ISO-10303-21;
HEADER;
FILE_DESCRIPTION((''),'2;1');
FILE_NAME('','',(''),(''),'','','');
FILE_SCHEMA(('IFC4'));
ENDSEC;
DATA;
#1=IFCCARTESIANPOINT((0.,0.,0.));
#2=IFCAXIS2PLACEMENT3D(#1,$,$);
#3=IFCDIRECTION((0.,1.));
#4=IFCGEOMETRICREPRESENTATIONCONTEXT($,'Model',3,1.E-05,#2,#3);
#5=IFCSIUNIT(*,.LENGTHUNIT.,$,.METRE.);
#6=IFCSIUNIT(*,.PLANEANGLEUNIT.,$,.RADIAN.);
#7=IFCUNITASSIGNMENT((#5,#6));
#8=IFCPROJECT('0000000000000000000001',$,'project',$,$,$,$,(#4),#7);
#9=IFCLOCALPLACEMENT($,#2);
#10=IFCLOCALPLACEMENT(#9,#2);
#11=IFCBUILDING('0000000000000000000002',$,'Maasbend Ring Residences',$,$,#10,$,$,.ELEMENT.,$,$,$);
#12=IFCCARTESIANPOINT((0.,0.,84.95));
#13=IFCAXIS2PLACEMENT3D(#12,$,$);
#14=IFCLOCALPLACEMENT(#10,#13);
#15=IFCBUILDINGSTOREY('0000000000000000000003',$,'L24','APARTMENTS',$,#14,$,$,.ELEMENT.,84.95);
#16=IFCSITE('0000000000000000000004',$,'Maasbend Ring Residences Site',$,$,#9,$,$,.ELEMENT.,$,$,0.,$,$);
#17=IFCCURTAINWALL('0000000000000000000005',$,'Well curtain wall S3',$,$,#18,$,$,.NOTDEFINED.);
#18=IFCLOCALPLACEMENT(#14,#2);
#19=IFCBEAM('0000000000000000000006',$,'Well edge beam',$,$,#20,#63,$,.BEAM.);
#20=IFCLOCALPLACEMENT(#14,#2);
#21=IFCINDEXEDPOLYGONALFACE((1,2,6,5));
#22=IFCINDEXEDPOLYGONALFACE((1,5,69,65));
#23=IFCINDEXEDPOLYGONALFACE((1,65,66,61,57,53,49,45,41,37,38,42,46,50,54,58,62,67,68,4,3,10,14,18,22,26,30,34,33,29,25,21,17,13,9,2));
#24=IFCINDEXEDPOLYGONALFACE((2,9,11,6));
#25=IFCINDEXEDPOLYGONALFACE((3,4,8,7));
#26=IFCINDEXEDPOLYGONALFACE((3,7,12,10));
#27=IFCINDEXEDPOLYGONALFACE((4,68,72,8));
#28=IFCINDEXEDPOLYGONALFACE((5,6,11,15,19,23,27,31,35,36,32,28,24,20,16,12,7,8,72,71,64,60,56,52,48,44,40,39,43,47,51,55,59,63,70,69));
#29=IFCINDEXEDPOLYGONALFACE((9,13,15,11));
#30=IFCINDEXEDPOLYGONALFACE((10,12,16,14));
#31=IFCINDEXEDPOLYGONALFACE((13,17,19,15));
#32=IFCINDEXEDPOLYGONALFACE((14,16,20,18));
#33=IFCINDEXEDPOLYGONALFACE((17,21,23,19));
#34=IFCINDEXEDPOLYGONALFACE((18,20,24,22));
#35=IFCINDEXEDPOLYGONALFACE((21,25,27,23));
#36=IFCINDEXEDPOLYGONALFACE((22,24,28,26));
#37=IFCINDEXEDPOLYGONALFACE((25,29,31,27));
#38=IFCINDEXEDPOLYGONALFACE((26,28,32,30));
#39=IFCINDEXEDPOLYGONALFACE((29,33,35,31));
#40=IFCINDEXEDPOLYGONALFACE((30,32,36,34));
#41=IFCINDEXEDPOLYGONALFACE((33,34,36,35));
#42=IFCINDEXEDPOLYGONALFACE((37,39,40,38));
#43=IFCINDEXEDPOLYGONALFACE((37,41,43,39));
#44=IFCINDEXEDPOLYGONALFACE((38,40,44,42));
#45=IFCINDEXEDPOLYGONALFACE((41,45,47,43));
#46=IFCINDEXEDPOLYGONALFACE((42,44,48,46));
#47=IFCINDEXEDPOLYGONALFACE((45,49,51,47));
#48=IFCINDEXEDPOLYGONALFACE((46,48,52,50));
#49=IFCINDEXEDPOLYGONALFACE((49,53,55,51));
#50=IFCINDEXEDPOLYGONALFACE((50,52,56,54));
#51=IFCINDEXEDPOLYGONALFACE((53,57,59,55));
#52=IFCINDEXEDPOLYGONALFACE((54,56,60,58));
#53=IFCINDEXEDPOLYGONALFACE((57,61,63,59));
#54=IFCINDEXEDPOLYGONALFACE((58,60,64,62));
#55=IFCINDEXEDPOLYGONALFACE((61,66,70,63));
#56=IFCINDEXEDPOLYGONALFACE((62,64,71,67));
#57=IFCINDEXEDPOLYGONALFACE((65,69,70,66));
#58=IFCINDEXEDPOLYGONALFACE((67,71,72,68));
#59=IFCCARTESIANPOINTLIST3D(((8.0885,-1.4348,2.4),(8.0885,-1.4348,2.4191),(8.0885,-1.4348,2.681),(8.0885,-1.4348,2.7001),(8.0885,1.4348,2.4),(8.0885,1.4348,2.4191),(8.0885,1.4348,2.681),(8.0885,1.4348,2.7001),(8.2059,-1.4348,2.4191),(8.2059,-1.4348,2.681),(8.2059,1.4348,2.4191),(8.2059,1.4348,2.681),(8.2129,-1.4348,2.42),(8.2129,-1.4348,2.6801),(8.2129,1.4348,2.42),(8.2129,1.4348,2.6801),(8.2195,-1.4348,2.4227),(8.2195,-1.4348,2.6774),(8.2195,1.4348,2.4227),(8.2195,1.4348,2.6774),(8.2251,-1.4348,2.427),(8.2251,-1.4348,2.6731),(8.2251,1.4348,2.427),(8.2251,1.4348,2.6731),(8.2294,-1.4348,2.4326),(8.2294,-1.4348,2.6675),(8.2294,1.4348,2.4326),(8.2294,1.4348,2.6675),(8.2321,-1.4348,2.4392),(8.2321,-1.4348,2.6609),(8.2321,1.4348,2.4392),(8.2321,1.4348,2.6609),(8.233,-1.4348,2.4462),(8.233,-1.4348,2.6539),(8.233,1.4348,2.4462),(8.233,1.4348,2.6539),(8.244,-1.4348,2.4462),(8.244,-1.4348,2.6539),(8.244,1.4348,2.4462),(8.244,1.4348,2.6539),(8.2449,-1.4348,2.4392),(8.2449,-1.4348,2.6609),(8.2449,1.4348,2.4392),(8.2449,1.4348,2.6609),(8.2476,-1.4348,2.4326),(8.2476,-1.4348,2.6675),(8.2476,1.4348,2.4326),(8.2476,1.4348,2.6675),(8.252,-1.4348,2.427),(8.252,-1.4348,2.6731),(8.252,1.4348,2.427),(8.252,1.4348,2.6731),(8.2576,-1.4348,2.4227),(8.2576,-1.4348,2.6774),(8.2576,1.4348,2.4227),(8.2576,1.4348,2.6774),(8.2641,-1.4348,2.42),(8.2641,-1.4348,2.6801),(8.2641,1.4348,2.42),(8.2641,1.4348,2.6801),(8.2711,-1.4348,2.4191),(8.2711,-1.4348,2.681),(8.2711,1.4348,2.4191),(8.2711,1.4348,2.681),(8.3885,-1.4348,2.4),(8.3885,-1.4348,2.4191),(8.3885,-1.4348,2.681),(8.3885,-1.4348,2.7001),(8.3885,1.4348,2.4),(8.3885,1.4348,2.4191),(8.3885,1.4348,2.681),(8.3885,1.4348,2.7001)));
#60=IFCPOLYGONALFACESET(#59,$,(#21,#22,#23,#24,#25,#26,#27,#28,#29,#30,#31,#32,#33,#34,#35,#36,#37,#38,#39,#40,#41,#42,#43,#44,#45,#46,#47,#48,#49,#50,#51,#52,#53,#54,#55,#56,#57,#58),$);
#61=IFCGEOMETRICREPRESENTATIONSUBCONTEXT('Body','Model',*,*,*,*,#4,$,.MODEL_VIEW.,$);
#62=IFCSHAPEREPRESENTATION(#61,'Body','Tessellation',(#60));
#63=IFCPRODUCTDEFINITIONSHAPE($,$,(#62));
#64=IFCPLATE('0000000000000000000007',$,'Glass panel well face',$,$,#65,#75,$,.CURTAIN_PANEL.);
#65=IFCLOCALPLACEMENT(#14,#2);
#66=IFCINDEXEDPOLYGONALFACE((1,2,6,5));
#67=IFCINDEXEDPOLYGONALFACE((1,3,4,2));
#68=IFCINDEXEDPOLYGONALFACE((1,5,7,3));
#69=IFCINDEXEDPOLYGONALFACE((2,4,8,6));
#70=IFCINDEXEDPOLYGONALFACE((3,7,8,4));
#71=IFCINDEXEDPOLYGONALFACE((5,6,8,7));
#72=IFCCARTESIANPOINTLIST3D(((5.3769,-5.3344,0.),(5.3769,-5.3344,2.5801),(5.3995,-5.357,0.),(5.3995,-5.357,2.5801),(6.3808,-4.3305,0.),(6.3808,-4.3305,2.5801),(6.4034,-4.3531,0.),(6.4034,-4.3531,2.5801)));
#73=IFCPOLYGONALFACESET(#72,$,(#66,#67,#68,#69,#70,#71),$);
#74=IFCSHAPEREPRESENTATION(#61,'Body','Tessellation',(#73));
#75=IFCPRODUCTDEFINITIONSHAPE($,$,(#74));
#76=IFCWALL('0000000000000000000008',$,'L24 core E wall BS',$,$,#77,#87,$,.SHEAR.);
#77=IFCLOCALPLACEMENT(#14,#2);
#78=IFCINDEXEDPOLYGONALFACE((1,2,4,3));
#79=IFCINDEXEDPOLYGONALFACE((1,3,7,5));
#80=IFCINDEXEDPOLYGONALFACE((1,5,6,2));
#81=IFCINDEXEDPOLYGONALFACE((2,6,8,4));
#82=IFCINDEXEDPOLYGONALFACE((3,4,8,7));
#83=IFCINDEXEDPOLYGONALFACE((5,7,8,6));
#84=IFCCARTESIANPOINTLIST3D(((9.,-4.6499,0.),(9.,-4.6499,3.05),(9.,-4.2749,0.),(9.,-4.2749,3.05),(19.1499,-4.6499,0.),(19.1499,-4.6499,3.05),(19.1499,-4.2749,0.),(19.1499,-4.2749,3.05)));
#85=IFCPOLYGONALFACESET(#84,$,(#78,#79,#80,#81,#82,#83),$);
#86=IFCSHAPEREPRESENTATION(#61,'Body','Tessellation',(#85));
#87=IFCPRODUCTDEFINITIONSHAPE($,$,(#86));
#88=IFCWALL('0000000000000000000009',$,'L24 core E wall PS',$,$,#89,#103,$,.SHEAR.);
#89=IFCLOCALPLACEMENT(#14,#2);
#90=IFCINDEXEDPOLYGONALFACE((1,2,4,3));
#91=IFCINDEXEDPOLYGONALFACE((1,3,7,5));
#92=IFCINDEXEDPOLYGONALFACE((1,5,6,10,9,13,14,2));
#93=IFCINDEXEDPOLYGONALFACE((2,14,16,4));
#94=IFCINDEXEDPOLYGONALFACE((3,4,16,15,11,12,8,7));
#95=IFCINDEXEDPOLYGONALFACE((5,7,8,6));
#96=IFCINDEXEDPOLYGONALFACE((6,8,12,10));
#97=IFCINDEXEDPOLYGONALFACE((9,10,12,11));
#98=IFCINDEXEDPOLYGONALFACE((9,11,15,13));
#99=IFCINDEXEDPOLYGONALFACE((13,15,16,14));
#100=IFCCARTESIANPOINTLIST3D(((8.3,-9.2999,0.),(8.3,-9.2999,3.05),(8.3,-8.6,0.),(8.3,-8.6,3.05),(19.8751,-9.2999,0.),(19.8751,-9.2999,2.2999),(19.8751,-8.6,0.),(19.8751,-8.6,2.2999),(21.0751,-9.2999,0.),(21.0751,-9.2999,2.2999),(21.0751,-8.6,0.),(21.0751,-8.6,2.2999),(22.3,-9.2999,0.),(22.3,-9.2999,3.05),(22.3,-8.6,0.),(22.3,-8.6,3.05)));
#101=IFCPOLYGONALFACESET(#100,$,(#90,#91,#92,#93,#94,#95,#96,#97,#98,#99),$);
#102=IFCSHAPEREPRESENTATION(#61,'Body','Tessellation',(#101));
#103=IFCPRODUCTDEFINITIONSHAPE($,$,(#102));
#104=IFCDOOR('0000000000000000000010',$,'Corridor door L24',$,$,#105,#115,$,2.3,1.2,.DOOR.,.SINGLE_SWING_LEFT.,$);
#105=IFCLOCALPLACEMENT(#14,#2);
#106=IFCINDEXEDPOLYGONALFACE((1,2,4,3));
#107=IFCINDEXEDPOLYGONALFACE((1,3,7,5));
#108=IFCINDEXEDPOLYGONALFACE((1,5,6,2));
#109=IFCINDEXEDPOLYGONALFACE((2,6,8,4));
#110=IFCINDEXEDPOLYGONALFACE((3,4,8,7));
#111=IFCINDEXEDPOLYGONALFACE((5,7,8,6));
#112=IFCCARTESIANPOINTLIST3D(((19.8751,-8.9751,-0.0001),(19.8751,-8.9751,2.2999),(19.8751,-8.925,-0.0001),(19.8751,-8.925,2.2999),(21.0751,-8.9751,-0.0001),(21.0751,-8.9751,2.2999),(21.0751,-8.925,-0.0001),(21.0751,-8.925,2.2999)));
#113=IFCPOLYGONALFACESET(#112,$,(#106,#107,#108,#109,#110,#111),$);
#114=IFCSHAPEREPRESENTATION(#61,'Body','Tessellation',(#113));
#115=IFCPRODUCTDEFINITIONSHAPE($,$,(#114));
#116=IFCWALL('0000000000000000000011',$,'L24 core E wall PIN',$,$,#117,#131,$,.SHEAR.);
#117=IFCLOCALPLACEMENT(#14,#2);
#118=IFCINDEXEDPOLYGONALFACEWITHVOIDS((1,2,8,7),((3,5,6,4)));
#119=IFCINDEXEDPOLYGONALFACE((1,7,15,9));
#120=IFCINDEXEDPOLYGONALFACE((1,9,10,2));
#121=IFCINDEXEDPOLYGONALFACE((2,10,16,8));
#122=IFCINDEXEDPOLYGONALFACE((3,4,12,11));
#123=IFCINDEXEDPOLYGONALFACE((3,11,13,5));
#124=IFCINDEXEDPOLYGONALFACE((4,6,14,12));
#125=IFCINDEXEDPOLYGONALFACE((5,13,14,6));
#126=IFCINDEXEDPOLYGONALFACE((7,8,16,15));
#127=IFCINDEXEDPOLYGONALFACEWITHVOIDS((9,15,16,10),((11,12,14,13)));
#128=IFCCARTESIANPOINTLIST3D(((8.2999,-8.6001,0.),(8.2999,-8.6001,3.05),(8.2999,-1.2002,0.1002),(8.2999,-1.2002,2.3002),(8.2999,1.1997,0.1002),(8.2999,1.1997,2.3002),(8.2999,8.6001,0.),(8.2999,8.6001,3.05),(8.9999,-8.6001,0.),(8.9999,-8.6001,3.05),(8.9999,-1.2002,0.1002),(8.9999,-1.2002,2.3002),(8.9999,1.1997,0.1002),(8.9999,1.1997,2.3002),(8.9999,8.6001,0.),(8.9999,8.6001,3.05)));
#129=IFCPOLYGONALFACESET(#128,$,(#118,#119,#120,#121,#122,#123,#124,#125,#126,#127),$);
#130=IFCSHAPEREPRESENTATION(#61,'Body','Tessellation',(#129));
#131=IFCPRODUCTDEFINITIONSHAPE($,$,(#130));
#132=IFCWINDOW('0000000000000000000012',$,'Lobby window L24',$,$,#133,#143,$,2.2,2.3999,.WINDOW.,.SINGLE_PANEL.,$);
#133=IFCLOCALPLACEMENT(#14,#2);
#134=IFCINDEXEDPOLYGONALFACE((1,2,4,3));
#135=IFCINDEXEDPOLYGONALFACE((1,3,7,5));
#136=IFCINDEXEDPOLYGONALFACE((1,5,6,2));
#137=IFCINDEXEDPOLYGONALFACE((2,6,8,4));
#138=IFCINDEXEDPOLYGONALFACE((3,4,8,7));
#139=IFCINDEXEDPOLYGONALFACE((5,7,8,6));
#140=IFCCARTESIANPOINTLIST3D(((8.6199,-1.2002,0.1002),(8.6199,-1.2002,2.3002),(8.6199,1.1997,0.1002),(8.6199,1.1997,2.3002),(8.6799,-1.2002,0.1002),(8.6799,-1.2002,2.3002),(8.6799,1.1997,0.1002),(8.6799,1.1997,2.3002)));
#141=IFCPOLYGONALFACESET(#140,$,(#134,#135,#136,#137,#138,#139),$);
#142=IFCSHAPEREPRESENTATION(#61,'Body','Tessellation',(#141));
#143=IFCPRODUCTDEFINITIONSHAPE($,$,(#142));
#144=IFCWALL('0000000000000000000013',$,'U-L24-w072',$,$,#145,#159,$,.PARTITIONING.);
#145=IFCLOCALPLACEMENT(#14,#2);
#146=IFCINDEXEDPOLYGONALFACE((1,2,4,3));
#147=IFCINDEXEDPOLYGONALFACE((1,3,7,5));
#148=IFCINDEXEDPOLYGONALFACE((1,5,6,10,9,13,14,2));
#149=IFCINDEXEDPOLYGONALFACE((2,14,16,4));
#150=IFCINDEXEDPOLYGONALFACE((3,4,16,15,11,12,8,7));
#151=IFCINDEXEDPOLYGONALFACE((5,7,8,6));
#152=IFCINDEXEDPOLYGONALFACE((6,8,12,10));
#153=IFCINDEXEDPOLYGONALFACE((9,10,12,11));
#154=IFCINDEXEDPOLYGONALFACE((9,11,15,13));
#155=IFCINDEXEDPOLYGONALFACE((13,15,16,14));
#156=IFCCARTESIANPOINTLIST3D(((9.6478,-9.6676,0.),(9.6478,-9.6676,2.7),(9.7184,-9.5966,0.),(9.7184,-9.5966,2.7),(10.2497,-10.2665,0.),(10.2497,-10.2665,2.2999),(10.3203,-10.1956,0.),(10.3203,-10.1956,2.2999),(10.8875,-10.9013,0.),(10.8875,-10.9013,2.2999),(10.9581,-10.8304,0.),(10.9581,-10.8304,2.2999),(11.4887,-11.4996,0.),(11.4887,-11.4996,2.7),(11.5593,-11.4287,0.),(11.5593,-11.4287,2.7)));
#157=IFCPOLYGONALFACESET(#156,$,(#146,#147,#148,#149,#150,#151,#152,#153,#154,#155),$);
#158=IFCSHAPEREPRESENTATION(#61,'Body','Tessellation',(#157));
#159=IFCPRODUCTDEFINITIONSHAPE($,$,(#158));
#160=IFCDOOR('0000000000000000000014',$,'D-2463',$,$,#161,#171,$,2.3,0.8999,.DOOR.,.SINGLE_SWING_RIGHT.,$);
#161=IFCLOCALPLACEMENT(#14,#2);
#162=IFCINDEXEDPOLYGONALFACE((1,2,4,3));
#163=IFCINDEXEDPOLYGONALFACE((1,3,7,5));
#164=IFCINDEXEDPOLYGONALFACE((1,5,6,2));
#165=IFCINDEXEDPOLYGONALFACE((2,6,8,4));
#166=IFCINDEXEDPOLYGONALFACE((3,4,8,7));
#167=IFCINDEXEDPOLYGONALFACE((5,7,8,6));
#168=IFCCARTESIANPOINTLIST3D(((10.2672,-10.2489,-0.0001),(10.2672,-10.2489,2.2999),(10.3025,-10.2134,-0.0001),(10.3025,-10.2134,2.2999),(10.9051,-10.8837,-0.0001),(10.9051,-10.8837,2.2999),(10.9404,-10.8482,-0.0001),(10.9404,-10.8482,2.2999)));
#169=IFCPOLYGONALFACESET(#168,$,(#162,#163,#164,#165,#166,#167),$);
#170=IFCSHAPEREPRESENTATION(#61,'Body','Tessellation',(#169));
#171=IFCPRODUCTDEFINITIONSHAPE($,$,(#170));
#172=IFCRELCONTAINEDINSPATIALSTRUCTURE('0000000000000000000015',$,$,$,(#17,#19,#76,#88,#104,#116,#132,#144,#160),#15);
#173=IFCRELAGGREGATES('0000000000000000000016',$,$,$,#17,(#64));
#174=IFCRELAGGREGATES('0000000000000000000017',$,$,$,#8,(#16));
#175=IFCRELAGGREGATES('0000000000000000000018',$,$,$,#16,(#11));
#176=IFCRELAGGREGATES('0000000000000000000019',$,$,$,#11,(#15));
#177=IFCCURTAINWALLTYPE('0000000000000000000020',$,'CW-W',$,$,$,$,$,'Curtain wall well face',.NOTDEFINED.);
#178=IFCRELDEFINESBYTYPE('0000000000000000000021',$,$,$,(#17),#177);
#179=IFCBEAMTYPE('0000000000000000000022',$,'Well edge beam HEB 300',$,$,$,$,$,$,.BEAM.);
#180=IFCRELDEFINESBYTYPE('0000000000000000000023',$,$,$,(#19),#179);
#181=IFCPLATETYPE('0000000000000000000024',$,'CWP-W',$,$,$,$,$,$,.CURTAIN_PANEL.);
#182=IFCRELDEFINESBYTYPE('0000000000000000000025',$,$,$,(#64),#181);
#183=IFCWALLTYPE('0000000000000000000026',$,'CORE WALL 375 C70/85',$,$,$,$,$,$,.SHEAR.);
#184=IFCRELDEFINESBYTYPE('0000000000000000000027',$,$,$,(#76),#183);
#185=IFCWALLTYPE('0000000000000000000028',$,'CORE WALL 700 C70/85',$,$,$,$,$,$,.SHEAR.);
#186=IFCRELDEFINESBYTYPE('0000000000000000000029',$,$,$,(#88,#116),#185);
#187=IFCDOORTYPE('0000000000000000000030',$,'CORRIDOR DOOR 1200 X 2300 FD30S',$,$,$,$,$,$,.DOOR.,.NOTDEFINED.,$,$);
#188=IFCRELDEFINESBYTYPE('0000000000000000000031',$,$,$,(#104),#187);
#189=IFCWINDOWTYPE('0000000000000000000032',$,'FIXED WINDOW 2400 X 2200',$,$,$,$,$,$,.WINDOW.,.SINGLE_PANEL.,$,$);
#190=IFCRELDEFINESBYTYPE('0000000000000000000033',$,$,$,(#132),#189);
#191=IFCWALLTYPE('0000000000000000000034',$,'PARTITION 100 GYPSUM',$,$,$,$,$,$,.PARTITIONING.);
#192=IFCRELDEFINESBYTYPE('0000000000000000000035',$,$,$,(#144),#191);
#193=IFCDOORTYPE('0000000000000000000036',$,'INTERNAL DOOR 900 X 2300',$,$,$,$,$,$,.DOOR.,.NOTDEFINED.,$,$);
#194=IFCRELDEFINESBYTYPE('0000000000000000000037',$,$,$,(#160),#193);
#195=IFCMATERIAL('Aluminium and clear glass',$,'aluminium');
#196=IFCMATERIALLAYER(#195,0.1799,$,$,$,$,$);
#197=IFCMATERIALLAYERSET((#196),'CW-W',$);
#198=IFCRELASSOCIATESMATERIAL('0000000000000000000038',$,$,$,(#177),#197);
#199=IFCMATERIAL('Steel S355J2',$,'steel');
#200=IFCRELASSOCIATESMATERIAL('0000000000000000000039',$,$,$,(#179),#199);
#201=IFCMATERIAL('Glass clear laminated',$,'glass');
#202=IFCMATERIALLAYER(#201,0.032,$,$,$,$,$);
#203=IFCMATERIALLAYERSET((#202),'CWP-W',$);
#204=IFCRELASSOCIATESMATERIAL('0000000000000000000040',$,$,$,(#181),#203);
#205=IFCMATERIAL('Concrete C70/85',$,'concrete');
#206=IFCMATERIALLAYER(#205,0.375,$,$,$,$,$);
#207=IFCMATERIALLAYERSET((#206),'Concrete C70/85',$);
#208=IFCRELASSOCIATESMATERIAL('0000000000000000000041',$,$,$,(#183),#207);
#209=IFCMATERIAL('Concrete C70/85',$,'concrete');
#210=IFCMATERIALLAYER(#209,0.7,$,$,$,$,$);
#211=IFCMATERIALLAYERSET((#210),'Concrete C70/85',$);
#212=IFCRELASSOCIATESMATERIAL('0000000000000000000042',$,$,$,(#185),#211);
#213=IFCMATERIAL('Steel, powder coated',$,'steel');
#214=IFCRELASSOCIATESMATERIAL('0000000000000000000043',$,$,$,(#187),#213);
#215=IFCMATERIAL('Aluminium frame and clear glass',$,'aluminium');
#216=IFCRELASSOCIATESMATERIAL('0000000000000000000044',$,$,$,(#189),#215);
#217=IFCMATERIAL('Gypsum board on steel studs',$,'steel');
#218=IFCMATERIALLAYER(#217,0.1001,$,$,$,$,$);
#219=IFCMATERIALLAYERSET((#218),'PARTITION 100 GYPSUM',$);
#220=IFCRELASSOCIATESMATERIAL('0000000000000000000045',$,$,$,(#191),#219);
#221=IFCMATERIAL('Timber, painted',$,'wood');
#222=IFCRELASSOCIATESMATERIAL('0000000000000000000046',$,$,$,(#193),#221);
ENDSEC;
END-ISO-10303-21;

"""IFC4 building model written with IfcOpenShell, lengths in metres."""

from ifc_helpers import new_model, si_unit, direction, frame, frame_2d, origin, origin_2d, place, context, subcontext, project, spatial, rectangle, i_section, extrude, material, layer, layer_set, material_profile, profile_set, type_object, element, fill, aggregate, save


model = new_model("IFC4")

# Units and contexts
model_context = context("Model", 3, precision=1e-05, world=origin(), true_north=direction((0.0, 1.0)))
body_context = subcontext(model_context, "Body", "Model", "MODEL_VIEW")
ifc_project = project(units=[si_unit("LENGTHUNIT", "METRE"), si_unit("PLANEANGLEUNIT", "RADIAN")], contexts=[model_context])

# Site, building, storey
site_placement = place(None, origin())
site = spatial("IfcSite", under=ifc_project, at=site_placement, Name="Maasbend Ring Residences Site", CompositionType="ELEMENT", RefElevation=0.0)
building_placement = place(site_placement, origin())
building = spatial("IfcBuilding", under=site, at=building_placement, Name="Maasbend Ring Residences", CompositionType="ELEMENT")
storey_placement = place(building_placement, frame((0.0, 0.0, 84.95)))
storey = spatial("IfcBuildingStorey", under=building, at=storey_placement, Name="L24", Description="APARTMENTS", CompositionType="ELEMENT", Elevation=84.95)

# Curtain wall
ifc_material_1 = material(Name="Aluminium and clear glass", Category="aluminium")
ifc_layer_1 = layer(ifc_material_1, 0.1799)
ifc_layer_set_1 = layer_set([ifc_layer_1], Name="CW-W")
curtain_wall_type = type_object("IfcCurtainWallType", Name="CW-W", ElementType="Curtain wall well face", PredefinedType="NOTDEFINED", material=ifc_layer_set_1)
curtain_wall_placement = place(storey_placement, origin())
curtain_wall = element("IfcCurtainWall", 1, at=curtain_wall_placement, inside=storey, type_object=curtain_wall_type, Name="Well curtain wall S3", PredefinedType="NOTDEFINED")

# Beam
ifc_material_2 = material(Name="Steel S355J2", Category="steel")
ifc_material_profile_1 = material_profile(ifc_material_2, i_section(OverallWidth=0.3, OverallDepth=0.3, WebThickness=0.011, FlangeThickness=0.019, FilletRadius=0.0271, at=origin_2d()), Name="HEB 300")
ifc_profile_set_1 = profile_set([ifc_material_profile_1], Name="Steel S355J2")
beam_type = type_object("IfcBeamType", Name="Well edge beam HEB 300", PredefinedType="BEAM", material=ifc_profile_set_1)
beam_1_placement = place(storey_placement, frame((8.2385, -1.4348, 2.55), z_axis=(0.0, 1.0, 0.0), x_axis=(-1.0, 0.0, 0.0)))
element("IfcBeam", 2, at=beam_1_placement, inside=storey, type_object=beam_type, Name="Well edge beam", PredefinedType="BEAM", context=body_context, shape_type="SweptSolid", body=[
    extrude(i_section(OverallWidth=0.3, OverallDepth=0.3, WebThickness=0.011, FlangeThickness=0.019, FilletRadius=0.0271, at=origin_2d()), origin(), (0.0, 0.0, 1.0), 2.8696),
])

# Plate
ifc_material_3 = material(Name="Glass clear laminated", Category="glass")
ifc_layer_2 = layer(ifc_material_3, 0.032)
ifc_layer_set_2 = layer_set([ifc_layer_2], Name="CWP-W")
plate_type = type_object("IfcPlateType", Name="CWP-W", PredefinedType="CURTAIN_PANEL", material=ifc_layer_set_2)
plate_placement = place(storey_placement, frame((5.8901, -4.8438, 0.0), z_axis=(0.0, 0.0, 1.0), x_axis=(0.707107, 0.707107, 0.0)))
plate = element("IfcPlate", 3, at=plate_placement, type_object=plate_type, Name="Glass panel well face", PredefinedType="CURTAIN_PANEL", context=body_context, shape_type="SweptSolid", body=[
    extrude(rectangle(XDim=1.4197, YDim=0.032, at=origin_2d()), origin(), (0.0, 0.0, 1.0), 2.5801),
])
aggregate(curtain_wall, [plate])

# Wall
ifc_material_4 = material(Name="Concrete C70/85", Category="concrete")
ifc_layer_3 = layer(ifc_material_4, 0.375)
ifc_layer_set_3 = layer_set([ifc_layer_3], Name="Concrete C70/85")
wall_type_1 = type_object("IfcWallType", Name="CORE WALL 375 C70/85", PredefinedType="SHEAR", material=ifc_layer_set_3)
wall_1_placement = place(storey_placement, frame((9.0, -4.4624, 0.0), z_axis=(0.0, 0.0, 1.0), x_axis=(1.0, 0.0, 0.0)))
element("IfcWall", 4, at=wall_1_placement, inside=storey, type_object=wall_type_1, Name="L24 core E wall BS", PredefinedType="SHEAR", context=body_context, shape_type="SweptSolid", body=[
    extrude(rectangle(XDim=10.1499, YDim=0.375, at=frame_2d((5.075, 0.0))), origin(), (0.0, 0.0, 1.0), 3.05),
])

# Wall, opening, door
ifc_material_5 = material(Name="Concrete C70/85", Category="concrete")
ifc_layer_4 = layer(ifc_material_5, 0.7)
ifc_layer_set_4 = layer_set([ifc_layer_4], Name="Concrete C70/85")
wall_type_2 = type_object("IfcWallType", Name="CORE WALL 700 C70/85", PredefinedType="SHEAR", material=ifc_layer_set_4)
wall_2_placement = place(storey_placement, frame((8.3, -8.95, 0.0), z_axis=(0.0, 0.0, 1.0), x_axis=(1.0, 0.0, 0.0)))
wall_2 = element("IfcWall", 5, at=wall_2_placement, inside=storey, type_object=wall_type_2, Name="L24 core E wall PS", PredefinedType="SHEAR", context=body_context, shape_type="SweptSolid", body=[
    extrude(rectangle(XDim=14.0, YDim=0.7, at=frame_2d((7.0, 0.0))), origin(), (0.0, 0.0, 1.0), 3.05),
])
opening_1_placement = place(wall_2_placement, frame((11.575, 0.0, 0.0)))
opening_1 = element("IfcOpeningElement", 6, at=opening_1_placement, cuts=wall_2, PredefinedType="OPENING", context=body_context, shape_type="SweptSolid", body=[
    extrude(rectangle(XDim=1.2, YDim=2.3, at=frame_2d((0.6001, 1.1499))), frame((0.0, 0.3599, 0.0), z_axis=(0.0, -1.0, 0.0), x_axis=(1.0, 0.0, 0.0)), (0.0, 0.0, 1.0), 0.72),
])
ifc_material_6 = material(Name="Steel, powder coated", Category="steel")
door_type_1 = type_object("IfcDoorType", Name="CORRIDOR DOOR 1200 X 2300 FD30S", OperationType="NOTDEFINED", PredefinedType="DOOR", material=ifc_material_6)
door_1_placement = place(opening_1_placement, origin())
door_1 = element("IfcDoor", 7, at=door_1_placement, inside=storey, type_object=door_type_1, Name="Corridor door L24", OperationType="SINGLE_SWING_LEFT", OverallHeight=2.3, OverallWidth=1.2, PredefinedType="DOOR", context=body_context, shape_type="SweptSolid", body=[
    extrude(rectangle(XDim=1.2, YDim=2.3, at=frame_2d((0.6001, 1.1499))), frame((0.0, 0.0249, 0.0), z_axis=(0.0, -1.0, 0.0), x_axis=(1.0, 0.0, 0.0)), (0.0, 0.0, 1.0), 0.05),
])
fill(opening_1, door_1)

# Wall, opening, window
wall_3_placement = place(storey_placement, frame((8.6499, -8.6001, 0.0), z_axis=(0.0, 0.0, 1.0), x_axis=(0.0, 1.0, 0.0)))
wall_3 = element("IfcWall", 8, at=wall_3_placement, inside=storey, type_object=wall_type_2, Name="L24 core E wall PIN", PredefinedType="SHEAR", context=body_context, shape_type="SweptSolid", body=[
    extrude(rectangle(XDim=17.2002, YDim=0.7, at=frame_2d((8.6001, 0.0))), origin(), (0.0, 0.0, 1.0), 3.05),
])
opening_2_placement = place(wall_3_placement, frame((7.3999, 0.0, 0.1001)))
opening_2 = element("IfcOpeningElement", 9, at=opening_2_placement, cuts=wall_3, PredefinedType="OPENING", context=body_context, shape_type="SweptSolid", body=[
    extrude(rectangle(XDim=2.3999, YDim=2.2, at=frame_2d((1.2, 1.1001))), frame((0.0, 0.3599, 0.0), z_axis=(0.0, -1.0, 0.0), x_axis=(1.0, 0.0, 0.0)), (0.0, 0.0, 1.0), 0.72),
])
ifc_material_7 = material(Name="Aluminium frame and clear glass", Category="aluminium")
window_type = type_object("IfcWindowType", Name="FIXED WINDOW 2400 X 2200", PartitioningType="SINGLE_PANEL", PredefinedType="WINDOW", material=ifc_material_7)
window_placement = place(opening_2_placement, origin())
window = element("IfcWindow", 10, at=window_placement, inside=storey, type_object=window_type, Name="Lobby window L24", OverallHeight=2.2, OverallWidth=2.3999, PartitioningType="SINGLE_PANEL", PredefinedType="WINDOW", context=body_context, shape_type="SweptSolid", body=[
    extrude(rectangle(XDim=2.3999, YDim=2.2, at=frame_2d((1.2, 1.1001))), frame((0.0, 0.03, 0.0), z_axis=(0.0, -1.0, 0.0), x_axis=(1.0, 0.0, 0.0)), (0.0, 0.0, 1.0), 0.0601),
])
fill(opening_2, window)

# Wall, opening, door
ifc_material_8 = material(Name="Gypsum board on steel studs", Category="steel")
ifc_layer_5 = layer(ifc_material_8, 0.1001)
ifc_layer_set_5 = layer_set([ifc_layer_5], Name="PARTITION 100 GYPSUM")
wall_type_3 = type_object("IfcWallType", Name="PARTITION 100 GYPSUM", PredefinedType="PARTITIONING", material=ifc_layer_set_5)
wall_4_placement = place(storey_placement, frame((9.6831, -9.6321, 0.0), z_axis=(0.0, 0.0, 1.0), x_axis=(0.708797, -0.705413, 0.0)))
wall_4 = element("IfcWall", 11, at=wall_4_placement, inside=storey, type_object=wall_type_3, Name="U-L24-w072", PredefinedType="PARTITIONING", context=body_context, shape_type="SweptSolid", body=[
    extrude(rectangle(XDim=2.5972, YDim=0.1001, at=frame_2d((1.2986, 0.0))), origin(), (0.0, 0.0, 1.0), 2.7),
])
opening_3_placement = place(wall_4_placement, frame((0.8491, 0.0, 0.0)))
opening_3 = element("IfcOpeningElement", 12, at=opening_3_placement, cuts=wall_4, PredefinedType="OPENING", context=body_context, shape_type="SweptSolid", body=[
    extrude(rectangle(XDim=0.8999, YDim=2.3, at=frame_2d((0.45, 1.1499))), frame((0.0, 0.0601, 0.0), z_axis=(0.0, -1.0, 0.0), x_axis=(1.0, 0.0, 0.0)), (0.0, 0.0, 1.0), 0.1201),
])
ifc_material_9 = material(Name="Timber, painted", Category="wood")
door_type_2 = type_object("IfcDoorType", Name="INTERNAL DOOR 900 X 2300", OperationType="NOTDEFINED", PredefinedType="DOOR", material=ifc_material_9)
door_2_placement = place(opening_3_placement, origin())
door_2 = element("IfcDoor", 13, at=door_2_placement, inside=storey, type_object=door_type_2, Name="D-2463", OperationType="SINGLE_SWING_RIGHT", OverallHeight=2.3, OverallWidth=0.8999, PredefinedType="DOOR", context=body_context, shape_type="SweptSolid", body=[
    extrude(rectangle(XDim=0.8999, YDim=2.3, at=frame_2d((0.45, 1.1499))), frame((0.0, 0.0249, 0.0), z_axis=(0.0, -1.0, 0.0), x_axis=(1.0, 0.0, 0.0)), (0.0, 0.0, 1.0), 0.05),
])
fill(opening_3, door_2)

save(model, "model.ifc")
